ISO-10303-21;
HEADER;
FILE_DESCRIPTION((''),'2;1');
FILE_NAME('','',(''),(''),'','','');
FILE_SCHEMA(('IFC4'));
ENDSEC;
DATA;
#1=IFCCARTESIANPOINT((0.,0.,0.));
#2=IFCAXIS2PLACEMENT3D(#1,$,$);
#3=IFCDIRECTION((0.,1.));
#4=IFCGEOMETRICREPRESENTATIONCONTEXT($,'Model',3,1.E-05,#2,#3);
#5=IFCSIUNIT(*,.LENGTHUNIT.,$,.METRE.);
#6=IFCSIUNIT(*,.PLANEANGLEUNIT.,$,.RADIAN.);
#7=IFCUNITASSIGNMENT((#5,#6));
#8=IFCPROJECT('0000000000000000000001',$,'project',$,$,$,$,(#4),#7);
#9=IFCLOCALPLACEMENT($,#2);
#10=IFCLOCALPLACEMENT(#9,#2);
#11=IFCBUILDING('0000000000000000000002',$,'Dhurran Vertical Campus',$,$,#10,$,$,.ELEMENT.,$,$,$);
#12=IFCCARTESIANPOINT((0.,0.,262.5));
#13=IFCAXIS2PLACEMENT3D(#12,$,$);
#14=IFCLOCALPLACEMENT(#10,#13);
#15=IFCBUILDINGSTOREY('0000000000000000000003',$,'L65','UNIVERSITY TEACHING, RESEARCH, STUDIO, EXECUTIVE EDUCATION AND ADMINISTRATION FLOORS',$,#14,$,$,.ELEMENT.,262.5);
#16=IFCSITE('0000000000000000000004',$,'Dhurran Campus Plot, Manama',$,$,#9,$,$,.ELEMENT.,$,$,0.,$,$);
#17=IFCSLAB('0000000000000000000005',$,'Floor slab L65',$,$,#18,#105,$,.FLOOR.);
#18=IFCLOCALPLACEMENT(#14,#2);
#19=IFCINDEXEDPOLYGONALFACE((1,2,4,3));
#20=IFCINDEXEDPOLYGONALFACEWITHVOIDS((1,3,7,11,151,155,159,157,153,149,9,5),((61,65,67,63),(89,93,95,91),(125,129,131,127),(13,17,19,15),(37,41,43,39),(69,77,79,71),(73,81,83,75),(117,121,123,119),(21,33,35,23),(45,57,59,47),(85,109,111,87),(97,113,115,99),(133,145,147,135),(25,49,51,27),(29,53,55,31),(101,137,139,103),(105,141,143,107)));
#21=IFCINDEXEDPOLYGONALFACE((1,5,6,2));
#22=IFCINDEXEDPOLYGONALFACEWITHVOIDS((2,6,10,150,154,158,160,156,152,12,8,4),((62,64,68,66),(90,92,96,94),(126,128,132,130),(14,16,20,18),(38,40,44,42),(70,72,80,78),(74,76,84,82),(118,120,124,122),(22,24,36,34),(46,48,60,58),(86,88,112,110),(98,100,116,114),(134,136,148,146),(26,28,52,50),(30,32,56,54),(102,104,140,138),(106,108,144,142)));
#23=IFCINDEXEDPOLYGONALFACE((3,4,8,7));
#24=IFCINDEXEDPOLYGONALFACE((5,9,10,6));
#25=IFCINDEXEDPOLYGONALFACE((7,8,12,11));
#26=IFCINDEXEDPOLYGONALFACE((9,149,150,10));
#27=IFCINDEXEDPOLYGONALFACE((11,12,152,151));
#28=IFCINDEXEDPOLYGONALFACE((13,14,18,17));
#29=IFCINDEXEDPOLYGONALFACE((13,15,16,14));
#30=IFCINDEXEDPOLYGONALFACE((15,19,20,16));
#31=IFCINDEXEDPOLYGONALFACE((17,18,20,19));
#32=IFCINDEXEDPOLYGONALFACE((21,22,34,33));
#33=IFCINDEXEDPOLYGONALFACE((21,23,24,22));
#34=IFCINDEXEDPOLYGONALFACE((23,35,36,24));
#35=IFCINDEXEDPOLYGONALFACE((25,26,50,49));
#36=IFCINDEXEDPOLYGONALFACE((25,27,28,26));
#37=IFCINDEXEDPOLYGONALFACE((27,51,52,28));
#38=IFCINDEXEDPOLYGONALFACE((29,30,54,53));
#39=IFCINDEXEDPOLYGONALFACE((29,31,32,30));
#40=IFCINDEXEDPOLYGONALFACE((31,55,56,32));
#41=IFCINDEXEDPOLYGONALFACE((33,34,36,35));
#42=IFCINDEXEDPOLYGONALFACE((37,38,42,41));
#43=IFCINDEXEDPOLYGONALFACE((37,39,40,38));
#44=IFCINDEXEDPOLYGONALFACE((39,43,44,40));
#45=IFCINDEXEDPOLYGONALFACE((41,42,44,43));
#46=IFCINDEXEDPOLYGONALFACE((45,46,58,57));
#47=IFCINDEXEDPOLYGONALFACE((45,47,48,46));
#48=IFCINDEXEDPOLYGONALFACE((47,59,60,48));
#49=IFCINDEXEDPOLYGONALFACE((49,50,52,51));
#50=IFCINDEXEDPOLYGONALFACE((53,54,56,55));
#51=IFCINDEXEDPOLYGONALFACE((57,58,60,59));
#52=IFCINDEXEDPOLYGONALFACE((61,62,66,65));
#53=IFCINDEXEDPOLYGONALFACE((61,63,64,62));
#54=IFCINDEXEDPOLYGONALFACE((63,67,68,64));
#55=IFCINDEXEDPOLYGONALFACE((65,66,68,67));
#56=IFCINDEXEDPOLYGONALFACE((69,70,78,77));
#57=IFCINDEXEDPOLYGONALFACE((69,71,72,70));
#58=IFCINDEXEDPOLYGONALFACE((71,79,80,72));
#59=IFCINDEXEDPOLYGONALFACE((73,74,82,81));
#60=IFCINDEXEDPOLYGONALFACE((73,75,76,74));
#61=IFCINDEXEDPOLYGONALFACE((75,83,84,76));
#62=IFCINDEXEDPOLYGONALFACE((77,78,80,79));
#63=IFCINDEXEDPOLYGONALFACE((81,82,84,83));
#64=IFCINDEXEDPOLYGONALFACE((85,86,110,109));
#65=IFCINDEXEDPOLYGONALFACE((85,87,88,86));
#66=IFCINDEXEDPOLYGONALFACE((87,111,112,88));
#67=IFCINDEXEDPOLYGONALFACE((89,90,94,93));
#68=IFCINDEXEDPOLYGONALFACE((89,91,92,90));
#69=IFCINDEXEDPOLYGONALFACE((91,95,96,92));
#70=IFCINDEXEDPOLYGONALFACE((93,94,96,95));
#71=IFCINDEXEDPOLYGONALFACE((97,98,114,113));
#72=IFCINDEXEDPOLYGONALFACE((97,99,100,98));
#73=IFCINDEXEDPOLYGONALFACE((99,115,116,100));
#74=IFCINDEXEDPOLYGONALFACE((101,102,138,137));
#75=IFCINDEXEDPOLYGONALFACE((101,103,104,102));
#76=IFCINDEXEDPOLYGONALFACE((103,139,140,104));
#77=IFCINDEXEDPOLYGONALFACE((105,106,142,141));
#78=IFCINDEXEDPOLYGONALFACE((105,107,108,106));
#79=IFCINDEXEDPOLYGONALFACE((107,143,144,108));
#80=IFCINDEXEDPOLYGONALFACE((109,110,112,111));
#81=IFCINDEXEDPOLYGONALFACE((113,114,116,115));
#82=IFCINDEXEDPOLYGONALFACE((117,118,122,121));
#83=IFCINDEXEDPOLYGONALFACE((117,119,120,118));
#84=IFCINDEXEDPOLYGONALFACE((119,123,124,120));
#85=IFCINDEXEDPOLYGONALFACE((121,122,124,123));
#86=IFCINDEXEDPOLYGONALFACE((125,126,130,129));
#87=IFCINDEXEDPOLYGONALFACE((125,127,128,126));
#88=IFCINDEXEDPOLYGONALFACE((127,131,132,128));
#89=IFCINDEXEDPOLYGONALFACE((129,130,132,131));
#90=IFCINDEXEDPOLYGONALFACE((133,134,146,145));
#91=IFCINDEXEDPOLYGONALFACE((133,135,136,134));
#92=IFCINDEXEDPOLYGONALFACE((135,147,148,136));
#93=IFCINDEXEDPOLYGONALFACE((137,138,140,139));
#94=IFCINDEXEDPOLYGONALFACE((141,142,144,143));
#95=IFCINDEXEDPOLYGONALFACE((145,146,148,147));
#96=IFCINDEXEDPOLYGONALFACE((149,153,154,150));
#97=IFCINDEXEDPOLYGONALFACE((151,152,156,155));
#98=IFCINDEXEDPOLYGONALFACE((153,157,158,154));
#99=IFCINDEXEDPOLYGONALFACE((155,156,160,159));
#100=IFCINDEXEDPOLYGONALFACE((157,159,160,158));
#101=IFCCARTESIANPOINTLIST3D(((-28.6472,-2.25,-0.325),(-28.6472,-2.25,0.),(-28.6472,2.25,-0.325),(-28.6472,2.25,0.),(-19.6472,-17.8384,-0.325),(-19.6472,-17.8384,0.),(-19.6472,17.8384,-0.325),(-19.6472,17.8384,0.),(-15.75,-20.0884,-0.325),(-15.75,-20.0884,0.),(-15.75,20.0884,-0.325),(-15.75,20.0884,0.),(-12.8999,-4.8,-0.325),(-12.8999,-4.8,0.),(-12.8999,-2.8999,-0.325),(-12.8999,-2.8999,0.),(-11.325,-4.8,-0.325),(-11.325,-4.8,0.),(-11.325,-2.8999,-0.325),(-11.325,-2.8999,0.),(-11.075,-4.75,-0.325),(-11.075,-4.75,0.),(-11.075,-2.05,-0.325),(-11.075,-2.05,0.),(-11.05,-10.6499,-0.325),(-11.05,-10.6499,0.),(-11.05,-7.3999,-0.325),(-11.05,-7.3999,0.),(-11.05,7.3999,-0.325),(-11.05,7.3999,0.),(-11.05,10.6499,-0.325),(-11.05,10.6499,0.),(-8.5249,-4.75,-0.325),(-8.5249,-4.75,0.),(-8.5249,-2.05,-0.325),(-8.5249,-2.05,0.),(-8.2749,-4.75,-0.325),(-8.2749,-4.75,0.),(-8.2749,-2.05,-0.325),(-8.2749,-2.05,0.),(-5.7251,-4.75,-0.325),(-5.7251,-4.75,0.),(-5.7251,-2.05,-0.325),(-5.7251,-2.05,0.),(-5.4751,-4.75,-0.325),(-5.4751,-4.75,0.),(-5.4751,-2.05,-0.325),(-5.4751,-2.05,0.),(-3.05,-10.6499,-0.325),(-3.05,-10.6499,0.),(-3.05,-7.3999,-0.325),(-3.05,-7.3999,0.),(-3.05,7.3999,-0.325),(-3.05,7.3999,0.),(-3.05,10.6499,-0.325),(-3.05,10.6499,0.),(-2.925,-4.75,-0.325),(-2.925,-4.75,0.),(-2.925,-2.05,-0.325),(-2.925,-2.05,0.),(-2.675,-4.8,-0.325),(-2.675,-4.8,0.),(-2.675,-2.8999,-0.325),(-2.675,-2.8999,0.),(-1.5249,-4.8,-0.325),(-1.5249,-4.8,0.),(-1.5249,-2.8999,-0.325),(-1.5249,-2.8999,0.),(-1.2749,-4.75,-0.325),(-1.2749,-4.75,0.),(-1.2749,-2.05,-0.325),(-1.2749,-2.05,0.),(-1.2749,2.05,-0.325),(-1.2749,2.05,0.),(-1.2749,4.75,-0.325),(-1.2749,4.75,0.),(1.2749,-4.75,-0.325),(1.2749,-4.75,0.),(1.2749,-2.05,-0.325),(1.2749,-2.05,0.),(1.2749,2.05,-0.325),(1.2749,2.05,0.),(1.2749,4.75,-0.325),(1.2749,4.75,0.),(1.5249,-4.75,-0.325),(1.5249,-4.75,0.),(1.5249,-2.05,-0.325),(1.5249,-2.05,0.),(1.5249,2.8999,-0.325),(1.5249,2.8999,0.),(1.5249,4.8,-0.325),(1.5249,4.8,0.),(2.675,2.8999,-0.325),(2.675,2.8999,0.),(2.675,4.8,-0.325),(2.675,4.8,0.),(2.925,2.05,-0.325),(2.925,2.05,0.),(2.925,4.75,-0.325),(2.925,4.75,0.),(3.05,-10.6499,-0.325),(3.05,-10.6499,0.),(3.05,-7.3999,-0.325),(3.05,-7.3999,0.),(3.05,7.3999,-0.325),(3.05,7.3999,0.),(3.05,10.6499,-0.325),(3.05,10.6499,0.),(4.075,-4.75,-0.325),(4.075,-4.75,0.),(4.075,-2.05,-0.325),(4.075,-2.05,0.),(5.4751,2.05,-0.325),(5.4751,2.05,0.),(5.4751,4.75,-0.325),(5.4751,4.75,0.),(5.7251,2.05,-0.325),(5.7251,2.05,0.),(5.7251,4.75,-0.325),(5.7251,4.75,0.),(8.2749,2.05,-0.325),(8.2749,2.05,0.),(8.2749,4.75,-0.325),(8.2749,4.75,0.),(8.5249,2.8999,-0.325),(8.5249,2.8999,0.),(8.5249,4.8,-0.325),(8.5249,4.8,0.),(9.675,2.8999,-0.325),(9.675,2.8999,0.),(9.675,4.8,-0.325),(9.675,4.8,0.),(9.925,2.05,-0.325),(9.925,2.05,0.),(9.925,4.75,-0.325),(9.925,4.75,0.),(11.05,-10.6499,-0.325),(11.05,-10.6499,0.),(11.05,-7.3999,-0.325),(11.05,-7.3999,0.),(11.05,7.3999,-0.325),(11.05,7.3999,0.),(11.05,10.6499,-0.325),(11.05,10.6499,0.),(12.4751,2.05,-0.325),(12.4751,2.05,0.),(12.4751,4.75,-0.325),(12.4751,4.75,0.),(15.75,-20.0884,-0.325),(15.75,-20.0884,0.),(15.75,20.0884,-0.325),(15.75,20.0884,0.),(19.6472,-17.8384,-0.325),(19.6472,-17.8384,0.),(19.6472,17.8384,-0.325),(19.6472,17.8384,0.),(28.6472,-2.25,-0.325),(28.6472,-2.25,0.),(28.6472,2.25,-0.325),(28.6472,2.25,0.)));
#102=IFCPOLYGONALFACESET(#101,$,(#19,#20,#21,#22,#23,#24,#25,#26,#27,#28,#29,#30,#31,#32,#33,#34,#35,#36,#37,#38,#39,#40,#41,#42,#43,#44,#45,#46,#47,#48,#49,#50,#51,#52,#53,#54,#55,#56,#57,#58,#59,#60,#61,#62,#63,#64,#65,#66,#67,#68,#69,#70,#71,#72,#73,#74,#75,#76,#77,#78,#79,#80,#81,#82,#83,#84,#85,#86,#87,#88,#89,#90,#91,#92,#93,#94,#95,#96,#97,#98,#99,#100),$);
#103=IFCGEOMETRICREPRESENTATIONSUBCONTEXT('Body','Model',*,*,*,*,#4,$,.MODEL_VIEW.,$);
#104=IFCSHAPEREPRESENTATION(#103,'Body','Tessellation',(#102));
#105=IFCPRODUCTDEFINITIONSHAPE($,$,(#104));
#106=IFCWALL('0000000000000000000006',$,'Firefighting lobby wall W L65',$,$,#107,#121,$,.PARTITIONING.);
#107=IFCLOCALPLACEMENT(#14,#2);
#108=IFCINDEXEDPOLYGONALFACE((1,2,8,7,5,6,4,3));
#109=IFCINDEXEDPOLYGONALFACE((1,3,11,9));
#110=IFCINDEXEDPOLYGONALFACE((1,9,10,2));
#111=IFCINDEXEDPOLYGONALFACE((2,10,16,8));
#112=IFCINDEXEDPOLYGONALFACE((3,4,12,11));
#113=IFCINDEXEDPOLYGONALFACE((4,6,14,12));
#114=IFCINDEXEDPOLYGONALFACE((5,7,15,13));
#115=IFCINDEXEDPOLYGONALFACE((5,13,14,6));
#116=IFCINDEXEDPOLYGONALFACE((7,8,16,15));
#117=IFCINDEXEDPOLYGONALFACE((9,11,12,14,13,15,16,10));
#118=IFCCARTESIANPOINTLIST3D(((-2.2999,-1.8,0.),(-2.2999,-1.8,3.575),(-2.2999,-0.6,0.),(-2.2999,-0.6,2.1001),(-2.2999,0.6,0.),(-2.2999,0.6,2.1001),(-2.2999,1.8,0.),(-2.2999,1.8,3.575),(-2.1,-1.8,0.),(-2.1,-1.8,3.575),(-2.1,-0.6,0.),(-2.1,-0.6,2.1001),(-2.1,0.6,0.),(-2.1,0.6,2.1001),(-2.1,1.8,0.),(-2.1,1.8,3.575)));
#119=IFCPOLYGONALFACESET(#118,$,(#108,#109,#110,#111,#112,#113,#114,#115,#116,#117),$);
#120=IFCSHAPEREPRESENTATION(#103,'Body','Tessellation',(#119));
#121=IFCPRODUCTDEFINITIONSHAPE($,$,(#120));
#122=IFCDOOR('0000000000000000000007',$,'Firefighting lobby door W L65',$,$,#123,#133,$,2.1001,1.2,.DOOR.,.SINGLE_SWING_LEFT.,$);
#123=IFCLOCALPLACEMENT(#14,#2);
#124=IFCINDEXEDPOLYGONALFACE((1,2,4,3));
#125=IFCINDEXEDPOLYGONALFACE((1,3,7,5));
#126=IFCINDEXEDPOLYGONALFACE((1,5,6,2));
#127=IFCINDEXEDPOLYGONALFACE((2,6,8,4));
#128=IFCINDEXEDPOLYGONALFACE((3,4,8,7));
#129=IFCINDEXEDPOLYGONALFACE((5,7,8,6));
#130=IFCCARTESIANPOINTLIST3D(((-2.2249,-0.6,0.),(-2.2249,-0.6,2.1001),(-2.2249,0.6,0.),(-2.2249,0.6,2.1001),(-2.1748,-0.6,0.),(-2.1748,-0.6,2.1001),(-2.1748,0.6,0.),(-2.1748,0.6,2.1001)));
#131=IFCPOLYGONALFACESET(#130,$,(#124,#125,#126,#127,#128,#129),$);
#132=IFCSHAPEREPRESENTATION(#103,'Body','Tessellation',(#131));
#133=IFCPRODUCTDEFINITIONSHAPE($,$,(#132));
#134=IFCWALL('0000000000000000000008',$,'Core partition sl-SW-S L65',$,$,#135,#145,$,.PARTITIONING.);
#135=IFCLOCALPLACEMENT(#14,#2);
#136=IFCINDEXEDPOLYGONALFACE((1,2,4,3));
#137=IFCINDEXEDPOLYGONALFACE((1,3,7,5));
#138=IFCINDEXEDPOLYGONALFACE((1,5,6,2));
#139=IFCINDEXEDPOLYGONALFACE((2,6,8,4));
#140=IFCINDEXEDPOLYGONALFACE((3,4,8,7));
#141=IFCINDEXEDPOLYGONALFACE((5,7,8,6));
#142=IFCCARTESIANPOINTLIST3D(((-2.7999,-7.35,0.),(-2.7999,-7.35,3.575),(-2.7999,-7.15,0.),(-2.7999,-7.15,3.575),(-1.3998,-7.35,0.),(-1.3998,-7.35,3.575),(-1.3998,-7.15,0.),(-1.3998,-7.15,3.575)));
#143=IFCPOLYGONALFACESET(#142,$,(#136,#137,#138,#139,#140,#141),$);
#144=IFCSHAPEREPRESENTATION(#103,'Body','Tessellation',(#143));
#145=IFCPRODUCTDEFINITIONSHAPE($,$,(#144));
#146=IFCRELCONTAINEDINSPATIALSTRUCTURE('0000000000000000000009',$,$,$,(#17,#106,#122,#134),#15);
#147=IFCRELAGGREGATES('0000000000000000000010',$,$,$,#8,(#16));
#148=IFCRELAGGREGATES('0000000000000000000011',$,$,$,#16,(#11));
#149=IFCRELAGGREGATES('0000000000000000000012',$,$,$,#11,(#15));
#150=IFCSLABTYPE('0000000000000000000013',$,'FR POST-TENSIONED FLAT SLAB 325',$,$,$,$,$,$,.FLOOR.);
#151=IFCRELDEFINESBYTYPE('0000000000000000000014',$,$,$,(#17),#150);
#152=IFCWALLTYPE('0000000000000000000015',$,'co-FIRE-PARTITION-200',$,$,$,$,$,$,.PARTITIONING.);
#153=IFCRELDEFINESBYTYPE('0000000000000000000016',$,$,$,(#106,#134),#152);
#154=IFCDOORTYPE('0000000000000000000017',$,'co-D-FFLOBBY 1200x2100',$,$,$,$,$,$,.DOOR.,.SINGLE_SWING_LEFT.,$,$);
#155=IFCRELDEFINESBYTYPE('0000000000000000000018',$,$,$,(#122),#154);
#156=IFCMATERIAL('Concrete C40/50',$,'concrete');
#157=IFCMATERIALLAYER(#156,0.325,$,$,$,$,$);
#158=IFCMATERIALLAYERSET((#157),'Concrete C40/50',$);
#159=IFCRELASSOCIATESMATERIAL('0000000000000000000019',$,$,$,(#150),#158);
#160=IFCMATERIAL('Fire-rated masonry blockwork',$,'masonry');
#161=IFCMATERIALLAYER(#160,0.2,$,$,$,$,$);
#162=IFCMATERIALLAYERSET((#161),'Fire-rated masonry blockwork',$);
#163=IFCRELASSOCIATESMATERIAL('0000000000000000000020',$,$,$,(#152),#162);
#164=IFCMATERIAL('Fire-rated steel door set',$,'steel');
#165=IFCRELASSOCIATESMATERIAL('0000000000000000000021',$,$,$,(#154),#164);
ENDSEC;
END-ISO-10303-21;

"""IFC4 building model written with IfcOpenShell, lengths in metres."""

from ifc_helpers import new_model, si_unit, direction, frame, frame_2d, origin, place, context, subcontext, project, spatial, polyline, rectangle, outline, extrude, material, layer, layer_set, type_object, element, fill, save


model = new_model("IFC4")

# Units and contexts
model_context = context("Model", 3, precision=1e-05, world=origin(), true_north=direction((0.0, 1.0)))
body_context = subcontext(model_context, "Body", "Model", "MODEL_VIEW")
ifc_project = project(units=[si_unit("LENGTHUNIT", "METRE"), si_unit("PLANEANGLEUNIT", "RADIAN")], contexts=[model_context])

# Site, building, storey
site_placement = place(None, origin())
site = spatial("IfcSite", under=ifc_project, at=site_placement, Name="Dhurran Campus Plot, Manama", CompositionType="ELEMENT", RefElevation=0.0)
building_placement = place(site_placement, origin())
building = spatial("IfcBuilding", under=site, at=building_placement, Name="Dhurran Vertical Campus", CompositionType="ELEMENT")
storey_placement = place(building_placement, frame((0.0, 0.0, 262.5)))
storey = spatial("IfcBuildingStorey", under=building, at=storey_placement, Name="L65", Description="UNIVERSITY TEACHING, RESEARCH, STUDIO, EXECUTIVE EDUCATION AND ADMINISTRATION FLOORS", CompositionType="ELEMENT", Elevation=262.5)

# Slab
ifc_material_1 = material(Name="Concrete C40/50", Category="concrete")
ifc_layer_1 = layer(ifc_material_1, 0.325)
ifc_layer_set_1 = layer_set([ifc_layer_1], Name="Concrete C40/50")
slab_type = type_object("IfcSlabType", Name="FR POST-TENSIONED FLAT SLAB 325", PredefinedType="FLOOR", material=ifc_layer_set_1)
slab_placement = place(storey_placement, frame((0.0, 0.0, -0.325)))
element("IfcSlab", 1, at=slab_placement, inside=storey, type_object=slab_type, Name="Floor slab L65", PredefinedType="FLOOR", context=body_context, shape_type="SweptSolid", body=[
    extrude(outline(polyline([(-15.75, -20.0884), (15.75, -20.0884), (19.6472, -17.8384), (28.6472, -2.25), (28.6472, 2.25), (19.6472, 17.8384), (15.75, 20.0884), (-15.75, 20.0884), (-19.6472, 17.8384), (-28.6472, 2.25), (-28.6472, -2.25), (-19.6472, -17.8384), (-15.75, -20.0884)]), holes=[polyline([(-1.2749, 2.05), (1.2749, 2.05), (1.2749, 4.75), (-1.2749, 4.75), (-1.2749, 2.05)]), polyline([(9.925, 2.05), (12.4751, 2.05), (12.4751, 4.75), (9.925, 4.75), (9.925, 2.05)]), polyline([(-1.2749, -4.75), (1.2749, -4.75), (1.2749, -2.05), (-1.2749, -2.05), (-1.2749, -4.75)]), polyline([(1.5249, -4.75), (4.075, -4.75), (4.075, -2.05), (1.5249, -2.05), (1.5249, -4.75)]), polyline([(2.925, 2.05), (5.4751, 2.05), (5.4751, 4.75), (2.925, 4.75), (2.925, 2.05)]), polyline([(5.7251, 2.05), (8.2749, 2.05), (8.2749, 4.75), (5.7251, 4.75), (5.7251, 2.05)]), polyline([(-11.075, -4.75), (-8.5249, -4.75), (-8.5249, -2.05), (-11.075, -2.05), (-11.075, -4.75)]), polyline([(-8.2749, -4.75), (-5.7251, -4.75), (-5.7251, -2.05), (-8.2749, -2.05), (-8.2749, -4.75)]), polyline([(-5.4751, -4.75), (-2.925, -4.75), (-2.925, -2.05), (-5.4751, -2.05), (-5.4751, -4.75)]), polyline([(-11.05, 7.3999), (-3.05, 7.3999), (-3.05, 10.6499), (-11.05, 10.6499), (-11.05, 7.3999)]), polyline([(3.05, 7.3999), (11.05, 7.3999), (11.05, 10.6499), (3.05, 10.6499), (3.05, 7.3999)]), polyline([(-11.05, -10.6499), (-3.05, -10.6499), (-3.05, -7.3999), (-11.05, -7.3999), (-11.05, -10.6499)]), polyline([(3.05, -10.6499), (11.05, -10.6499), (11.05, -7.3999), (3.05, -7.3999), (3.05, -10.6499)]), polyline([(2.675, 2.8999), (1.5249, 2.8999), (1.5249, 4.8), (2.675, 4.8), (2.675, 2.8999)]), polyline([(-12.8999, -2.8999), (-11.325, -2.8999), (-11.325, -4.8), (-12.8999, -4.8), (-12.8999, -2.8999)]), polyline([(-2.675, -2.8999), (-1.5249, -2.8999), (-1.5249, -4.8), (-2.675, -4.8), (-2.675, -2.8999)]), polyline([(9.675, 2.8999), (8.5249, 2.8999), (8.5249, 4.8), (9.675, 4.8), (9.675, 2.8999)])]), origin(), (0.0, 0.0, 1.0), 0.325),
])

# Wall, opening, door
ifc_material_2 = material(Name="Fire-rated masonry blockwork", Category="masonry")
ifc_layer_2 = layer(ifc_material_2, 0.2)
ifc_layer_set_2 = layer_set([ifc_layer_2], Name="Fire-rated masonry blockwork")
wall_type_1 = type_object("IfcWallType", Name="co-FIRE-PARTITION-200", PredefinedType="PARTITIONING", material=ifc_layer_set_2)
wall_1_placement = place(storey_placement, frame((-2.2, -1.8, 0.0), z_axis=(0.0, 0.0, 1.0), x_axis=(0.0, 1.0, 0.0)))
wall_1 = element("IfcWall", 2, at=wall_1_placement, inside=storey, type_object=wall_type_1, Name="Firefighting lobby wall W L65", PredefinedType="PARTITIONING", context=body_context, shape_type="SweptSolid", body=[
    extrude(rectangle(XDim=3.6001, YDim=0.2, at=frame_2d((1.8, 0.0))), origin(), (0.0, 0.0, 1.0), 3.575),
])
opening_1_placement = place(wall_1_placement, frame((1.2, 0.0, 0.0)))
opening_1 = element("IfcOpeningElement", 3, at=opening_1_placement, cuts=wall_1, PredefinedType="OPENING", context=body_context, shape_type="SweptSolid", body=[
    extrude(rectangle(XDim=1.2, YDim=2.1001, at=frame_2d((0.6001, 1.05))), frame((0.0, 0.1099, 0.0), z_axis=(0.0, -1.0, 0.0), x_axis=(1.0, 0.0, 0.0)), (0.0, 0.0, 1.0), 0.22),
])
ifc_material_3 = material(Name="Fire-rated steel door set", Category="steel")
door_type_1 = type_object("IfcDoorType", Name="co-D-FFLOBBY 1200x2100", OperationType="SINGLE_SWING_LEFT", PredefinedType="DOOR", material=ifc_material_3)
door_1_placement = place(opening_1_placement, origin())
door_1 = element("IfcDoor", 4, at=door_1_placement, inside=storey, type_object=door_type_1, Name="Firefighting lobby door W L65", OperationType="SINGLE_SWING_LEFT", OverallHeight=2.1001, OverallWidth=1.2, PredefinedType="DOOR", context=body_context, shape_type="SweptSolid", body=[
    extrude(rectangle(XDim=1.2, YDim=2.1001, at=frame_2d((0.6001, 1.05))), frame((0.0, 0.0249, 0.0), z_axis=(0.0, -1.0, 0.0), x_axis=(1.0, 0.0, 0.0)), (0.0, 0.0, 1.0), 0.05),
])
fill(opening_1, door_1)

# Wall
wall_2_placement = place(storey_placement, frame((-2.8, -7.25, 0.0), z_axis=(0.0, 0.0, 1.0), x_axis=(1.0, 0.0, 0.0)))
element("IfcWall", 5, at=wall_2_placement, inside=storey, type_object=wall_type_1, Name="Core partition sl-SW-S L65", PredefinedType="PARTITIONING", context=body_context, shape_type="SweptSolid", body=[
    extrude(rectangle(XDim=1.4001, YDim=0.2, at=frame_2d((0.7002, 0.0))), origin(), (0.0, 0.0, 1.0), 3.575),
])

save(model, "model.ifc")
